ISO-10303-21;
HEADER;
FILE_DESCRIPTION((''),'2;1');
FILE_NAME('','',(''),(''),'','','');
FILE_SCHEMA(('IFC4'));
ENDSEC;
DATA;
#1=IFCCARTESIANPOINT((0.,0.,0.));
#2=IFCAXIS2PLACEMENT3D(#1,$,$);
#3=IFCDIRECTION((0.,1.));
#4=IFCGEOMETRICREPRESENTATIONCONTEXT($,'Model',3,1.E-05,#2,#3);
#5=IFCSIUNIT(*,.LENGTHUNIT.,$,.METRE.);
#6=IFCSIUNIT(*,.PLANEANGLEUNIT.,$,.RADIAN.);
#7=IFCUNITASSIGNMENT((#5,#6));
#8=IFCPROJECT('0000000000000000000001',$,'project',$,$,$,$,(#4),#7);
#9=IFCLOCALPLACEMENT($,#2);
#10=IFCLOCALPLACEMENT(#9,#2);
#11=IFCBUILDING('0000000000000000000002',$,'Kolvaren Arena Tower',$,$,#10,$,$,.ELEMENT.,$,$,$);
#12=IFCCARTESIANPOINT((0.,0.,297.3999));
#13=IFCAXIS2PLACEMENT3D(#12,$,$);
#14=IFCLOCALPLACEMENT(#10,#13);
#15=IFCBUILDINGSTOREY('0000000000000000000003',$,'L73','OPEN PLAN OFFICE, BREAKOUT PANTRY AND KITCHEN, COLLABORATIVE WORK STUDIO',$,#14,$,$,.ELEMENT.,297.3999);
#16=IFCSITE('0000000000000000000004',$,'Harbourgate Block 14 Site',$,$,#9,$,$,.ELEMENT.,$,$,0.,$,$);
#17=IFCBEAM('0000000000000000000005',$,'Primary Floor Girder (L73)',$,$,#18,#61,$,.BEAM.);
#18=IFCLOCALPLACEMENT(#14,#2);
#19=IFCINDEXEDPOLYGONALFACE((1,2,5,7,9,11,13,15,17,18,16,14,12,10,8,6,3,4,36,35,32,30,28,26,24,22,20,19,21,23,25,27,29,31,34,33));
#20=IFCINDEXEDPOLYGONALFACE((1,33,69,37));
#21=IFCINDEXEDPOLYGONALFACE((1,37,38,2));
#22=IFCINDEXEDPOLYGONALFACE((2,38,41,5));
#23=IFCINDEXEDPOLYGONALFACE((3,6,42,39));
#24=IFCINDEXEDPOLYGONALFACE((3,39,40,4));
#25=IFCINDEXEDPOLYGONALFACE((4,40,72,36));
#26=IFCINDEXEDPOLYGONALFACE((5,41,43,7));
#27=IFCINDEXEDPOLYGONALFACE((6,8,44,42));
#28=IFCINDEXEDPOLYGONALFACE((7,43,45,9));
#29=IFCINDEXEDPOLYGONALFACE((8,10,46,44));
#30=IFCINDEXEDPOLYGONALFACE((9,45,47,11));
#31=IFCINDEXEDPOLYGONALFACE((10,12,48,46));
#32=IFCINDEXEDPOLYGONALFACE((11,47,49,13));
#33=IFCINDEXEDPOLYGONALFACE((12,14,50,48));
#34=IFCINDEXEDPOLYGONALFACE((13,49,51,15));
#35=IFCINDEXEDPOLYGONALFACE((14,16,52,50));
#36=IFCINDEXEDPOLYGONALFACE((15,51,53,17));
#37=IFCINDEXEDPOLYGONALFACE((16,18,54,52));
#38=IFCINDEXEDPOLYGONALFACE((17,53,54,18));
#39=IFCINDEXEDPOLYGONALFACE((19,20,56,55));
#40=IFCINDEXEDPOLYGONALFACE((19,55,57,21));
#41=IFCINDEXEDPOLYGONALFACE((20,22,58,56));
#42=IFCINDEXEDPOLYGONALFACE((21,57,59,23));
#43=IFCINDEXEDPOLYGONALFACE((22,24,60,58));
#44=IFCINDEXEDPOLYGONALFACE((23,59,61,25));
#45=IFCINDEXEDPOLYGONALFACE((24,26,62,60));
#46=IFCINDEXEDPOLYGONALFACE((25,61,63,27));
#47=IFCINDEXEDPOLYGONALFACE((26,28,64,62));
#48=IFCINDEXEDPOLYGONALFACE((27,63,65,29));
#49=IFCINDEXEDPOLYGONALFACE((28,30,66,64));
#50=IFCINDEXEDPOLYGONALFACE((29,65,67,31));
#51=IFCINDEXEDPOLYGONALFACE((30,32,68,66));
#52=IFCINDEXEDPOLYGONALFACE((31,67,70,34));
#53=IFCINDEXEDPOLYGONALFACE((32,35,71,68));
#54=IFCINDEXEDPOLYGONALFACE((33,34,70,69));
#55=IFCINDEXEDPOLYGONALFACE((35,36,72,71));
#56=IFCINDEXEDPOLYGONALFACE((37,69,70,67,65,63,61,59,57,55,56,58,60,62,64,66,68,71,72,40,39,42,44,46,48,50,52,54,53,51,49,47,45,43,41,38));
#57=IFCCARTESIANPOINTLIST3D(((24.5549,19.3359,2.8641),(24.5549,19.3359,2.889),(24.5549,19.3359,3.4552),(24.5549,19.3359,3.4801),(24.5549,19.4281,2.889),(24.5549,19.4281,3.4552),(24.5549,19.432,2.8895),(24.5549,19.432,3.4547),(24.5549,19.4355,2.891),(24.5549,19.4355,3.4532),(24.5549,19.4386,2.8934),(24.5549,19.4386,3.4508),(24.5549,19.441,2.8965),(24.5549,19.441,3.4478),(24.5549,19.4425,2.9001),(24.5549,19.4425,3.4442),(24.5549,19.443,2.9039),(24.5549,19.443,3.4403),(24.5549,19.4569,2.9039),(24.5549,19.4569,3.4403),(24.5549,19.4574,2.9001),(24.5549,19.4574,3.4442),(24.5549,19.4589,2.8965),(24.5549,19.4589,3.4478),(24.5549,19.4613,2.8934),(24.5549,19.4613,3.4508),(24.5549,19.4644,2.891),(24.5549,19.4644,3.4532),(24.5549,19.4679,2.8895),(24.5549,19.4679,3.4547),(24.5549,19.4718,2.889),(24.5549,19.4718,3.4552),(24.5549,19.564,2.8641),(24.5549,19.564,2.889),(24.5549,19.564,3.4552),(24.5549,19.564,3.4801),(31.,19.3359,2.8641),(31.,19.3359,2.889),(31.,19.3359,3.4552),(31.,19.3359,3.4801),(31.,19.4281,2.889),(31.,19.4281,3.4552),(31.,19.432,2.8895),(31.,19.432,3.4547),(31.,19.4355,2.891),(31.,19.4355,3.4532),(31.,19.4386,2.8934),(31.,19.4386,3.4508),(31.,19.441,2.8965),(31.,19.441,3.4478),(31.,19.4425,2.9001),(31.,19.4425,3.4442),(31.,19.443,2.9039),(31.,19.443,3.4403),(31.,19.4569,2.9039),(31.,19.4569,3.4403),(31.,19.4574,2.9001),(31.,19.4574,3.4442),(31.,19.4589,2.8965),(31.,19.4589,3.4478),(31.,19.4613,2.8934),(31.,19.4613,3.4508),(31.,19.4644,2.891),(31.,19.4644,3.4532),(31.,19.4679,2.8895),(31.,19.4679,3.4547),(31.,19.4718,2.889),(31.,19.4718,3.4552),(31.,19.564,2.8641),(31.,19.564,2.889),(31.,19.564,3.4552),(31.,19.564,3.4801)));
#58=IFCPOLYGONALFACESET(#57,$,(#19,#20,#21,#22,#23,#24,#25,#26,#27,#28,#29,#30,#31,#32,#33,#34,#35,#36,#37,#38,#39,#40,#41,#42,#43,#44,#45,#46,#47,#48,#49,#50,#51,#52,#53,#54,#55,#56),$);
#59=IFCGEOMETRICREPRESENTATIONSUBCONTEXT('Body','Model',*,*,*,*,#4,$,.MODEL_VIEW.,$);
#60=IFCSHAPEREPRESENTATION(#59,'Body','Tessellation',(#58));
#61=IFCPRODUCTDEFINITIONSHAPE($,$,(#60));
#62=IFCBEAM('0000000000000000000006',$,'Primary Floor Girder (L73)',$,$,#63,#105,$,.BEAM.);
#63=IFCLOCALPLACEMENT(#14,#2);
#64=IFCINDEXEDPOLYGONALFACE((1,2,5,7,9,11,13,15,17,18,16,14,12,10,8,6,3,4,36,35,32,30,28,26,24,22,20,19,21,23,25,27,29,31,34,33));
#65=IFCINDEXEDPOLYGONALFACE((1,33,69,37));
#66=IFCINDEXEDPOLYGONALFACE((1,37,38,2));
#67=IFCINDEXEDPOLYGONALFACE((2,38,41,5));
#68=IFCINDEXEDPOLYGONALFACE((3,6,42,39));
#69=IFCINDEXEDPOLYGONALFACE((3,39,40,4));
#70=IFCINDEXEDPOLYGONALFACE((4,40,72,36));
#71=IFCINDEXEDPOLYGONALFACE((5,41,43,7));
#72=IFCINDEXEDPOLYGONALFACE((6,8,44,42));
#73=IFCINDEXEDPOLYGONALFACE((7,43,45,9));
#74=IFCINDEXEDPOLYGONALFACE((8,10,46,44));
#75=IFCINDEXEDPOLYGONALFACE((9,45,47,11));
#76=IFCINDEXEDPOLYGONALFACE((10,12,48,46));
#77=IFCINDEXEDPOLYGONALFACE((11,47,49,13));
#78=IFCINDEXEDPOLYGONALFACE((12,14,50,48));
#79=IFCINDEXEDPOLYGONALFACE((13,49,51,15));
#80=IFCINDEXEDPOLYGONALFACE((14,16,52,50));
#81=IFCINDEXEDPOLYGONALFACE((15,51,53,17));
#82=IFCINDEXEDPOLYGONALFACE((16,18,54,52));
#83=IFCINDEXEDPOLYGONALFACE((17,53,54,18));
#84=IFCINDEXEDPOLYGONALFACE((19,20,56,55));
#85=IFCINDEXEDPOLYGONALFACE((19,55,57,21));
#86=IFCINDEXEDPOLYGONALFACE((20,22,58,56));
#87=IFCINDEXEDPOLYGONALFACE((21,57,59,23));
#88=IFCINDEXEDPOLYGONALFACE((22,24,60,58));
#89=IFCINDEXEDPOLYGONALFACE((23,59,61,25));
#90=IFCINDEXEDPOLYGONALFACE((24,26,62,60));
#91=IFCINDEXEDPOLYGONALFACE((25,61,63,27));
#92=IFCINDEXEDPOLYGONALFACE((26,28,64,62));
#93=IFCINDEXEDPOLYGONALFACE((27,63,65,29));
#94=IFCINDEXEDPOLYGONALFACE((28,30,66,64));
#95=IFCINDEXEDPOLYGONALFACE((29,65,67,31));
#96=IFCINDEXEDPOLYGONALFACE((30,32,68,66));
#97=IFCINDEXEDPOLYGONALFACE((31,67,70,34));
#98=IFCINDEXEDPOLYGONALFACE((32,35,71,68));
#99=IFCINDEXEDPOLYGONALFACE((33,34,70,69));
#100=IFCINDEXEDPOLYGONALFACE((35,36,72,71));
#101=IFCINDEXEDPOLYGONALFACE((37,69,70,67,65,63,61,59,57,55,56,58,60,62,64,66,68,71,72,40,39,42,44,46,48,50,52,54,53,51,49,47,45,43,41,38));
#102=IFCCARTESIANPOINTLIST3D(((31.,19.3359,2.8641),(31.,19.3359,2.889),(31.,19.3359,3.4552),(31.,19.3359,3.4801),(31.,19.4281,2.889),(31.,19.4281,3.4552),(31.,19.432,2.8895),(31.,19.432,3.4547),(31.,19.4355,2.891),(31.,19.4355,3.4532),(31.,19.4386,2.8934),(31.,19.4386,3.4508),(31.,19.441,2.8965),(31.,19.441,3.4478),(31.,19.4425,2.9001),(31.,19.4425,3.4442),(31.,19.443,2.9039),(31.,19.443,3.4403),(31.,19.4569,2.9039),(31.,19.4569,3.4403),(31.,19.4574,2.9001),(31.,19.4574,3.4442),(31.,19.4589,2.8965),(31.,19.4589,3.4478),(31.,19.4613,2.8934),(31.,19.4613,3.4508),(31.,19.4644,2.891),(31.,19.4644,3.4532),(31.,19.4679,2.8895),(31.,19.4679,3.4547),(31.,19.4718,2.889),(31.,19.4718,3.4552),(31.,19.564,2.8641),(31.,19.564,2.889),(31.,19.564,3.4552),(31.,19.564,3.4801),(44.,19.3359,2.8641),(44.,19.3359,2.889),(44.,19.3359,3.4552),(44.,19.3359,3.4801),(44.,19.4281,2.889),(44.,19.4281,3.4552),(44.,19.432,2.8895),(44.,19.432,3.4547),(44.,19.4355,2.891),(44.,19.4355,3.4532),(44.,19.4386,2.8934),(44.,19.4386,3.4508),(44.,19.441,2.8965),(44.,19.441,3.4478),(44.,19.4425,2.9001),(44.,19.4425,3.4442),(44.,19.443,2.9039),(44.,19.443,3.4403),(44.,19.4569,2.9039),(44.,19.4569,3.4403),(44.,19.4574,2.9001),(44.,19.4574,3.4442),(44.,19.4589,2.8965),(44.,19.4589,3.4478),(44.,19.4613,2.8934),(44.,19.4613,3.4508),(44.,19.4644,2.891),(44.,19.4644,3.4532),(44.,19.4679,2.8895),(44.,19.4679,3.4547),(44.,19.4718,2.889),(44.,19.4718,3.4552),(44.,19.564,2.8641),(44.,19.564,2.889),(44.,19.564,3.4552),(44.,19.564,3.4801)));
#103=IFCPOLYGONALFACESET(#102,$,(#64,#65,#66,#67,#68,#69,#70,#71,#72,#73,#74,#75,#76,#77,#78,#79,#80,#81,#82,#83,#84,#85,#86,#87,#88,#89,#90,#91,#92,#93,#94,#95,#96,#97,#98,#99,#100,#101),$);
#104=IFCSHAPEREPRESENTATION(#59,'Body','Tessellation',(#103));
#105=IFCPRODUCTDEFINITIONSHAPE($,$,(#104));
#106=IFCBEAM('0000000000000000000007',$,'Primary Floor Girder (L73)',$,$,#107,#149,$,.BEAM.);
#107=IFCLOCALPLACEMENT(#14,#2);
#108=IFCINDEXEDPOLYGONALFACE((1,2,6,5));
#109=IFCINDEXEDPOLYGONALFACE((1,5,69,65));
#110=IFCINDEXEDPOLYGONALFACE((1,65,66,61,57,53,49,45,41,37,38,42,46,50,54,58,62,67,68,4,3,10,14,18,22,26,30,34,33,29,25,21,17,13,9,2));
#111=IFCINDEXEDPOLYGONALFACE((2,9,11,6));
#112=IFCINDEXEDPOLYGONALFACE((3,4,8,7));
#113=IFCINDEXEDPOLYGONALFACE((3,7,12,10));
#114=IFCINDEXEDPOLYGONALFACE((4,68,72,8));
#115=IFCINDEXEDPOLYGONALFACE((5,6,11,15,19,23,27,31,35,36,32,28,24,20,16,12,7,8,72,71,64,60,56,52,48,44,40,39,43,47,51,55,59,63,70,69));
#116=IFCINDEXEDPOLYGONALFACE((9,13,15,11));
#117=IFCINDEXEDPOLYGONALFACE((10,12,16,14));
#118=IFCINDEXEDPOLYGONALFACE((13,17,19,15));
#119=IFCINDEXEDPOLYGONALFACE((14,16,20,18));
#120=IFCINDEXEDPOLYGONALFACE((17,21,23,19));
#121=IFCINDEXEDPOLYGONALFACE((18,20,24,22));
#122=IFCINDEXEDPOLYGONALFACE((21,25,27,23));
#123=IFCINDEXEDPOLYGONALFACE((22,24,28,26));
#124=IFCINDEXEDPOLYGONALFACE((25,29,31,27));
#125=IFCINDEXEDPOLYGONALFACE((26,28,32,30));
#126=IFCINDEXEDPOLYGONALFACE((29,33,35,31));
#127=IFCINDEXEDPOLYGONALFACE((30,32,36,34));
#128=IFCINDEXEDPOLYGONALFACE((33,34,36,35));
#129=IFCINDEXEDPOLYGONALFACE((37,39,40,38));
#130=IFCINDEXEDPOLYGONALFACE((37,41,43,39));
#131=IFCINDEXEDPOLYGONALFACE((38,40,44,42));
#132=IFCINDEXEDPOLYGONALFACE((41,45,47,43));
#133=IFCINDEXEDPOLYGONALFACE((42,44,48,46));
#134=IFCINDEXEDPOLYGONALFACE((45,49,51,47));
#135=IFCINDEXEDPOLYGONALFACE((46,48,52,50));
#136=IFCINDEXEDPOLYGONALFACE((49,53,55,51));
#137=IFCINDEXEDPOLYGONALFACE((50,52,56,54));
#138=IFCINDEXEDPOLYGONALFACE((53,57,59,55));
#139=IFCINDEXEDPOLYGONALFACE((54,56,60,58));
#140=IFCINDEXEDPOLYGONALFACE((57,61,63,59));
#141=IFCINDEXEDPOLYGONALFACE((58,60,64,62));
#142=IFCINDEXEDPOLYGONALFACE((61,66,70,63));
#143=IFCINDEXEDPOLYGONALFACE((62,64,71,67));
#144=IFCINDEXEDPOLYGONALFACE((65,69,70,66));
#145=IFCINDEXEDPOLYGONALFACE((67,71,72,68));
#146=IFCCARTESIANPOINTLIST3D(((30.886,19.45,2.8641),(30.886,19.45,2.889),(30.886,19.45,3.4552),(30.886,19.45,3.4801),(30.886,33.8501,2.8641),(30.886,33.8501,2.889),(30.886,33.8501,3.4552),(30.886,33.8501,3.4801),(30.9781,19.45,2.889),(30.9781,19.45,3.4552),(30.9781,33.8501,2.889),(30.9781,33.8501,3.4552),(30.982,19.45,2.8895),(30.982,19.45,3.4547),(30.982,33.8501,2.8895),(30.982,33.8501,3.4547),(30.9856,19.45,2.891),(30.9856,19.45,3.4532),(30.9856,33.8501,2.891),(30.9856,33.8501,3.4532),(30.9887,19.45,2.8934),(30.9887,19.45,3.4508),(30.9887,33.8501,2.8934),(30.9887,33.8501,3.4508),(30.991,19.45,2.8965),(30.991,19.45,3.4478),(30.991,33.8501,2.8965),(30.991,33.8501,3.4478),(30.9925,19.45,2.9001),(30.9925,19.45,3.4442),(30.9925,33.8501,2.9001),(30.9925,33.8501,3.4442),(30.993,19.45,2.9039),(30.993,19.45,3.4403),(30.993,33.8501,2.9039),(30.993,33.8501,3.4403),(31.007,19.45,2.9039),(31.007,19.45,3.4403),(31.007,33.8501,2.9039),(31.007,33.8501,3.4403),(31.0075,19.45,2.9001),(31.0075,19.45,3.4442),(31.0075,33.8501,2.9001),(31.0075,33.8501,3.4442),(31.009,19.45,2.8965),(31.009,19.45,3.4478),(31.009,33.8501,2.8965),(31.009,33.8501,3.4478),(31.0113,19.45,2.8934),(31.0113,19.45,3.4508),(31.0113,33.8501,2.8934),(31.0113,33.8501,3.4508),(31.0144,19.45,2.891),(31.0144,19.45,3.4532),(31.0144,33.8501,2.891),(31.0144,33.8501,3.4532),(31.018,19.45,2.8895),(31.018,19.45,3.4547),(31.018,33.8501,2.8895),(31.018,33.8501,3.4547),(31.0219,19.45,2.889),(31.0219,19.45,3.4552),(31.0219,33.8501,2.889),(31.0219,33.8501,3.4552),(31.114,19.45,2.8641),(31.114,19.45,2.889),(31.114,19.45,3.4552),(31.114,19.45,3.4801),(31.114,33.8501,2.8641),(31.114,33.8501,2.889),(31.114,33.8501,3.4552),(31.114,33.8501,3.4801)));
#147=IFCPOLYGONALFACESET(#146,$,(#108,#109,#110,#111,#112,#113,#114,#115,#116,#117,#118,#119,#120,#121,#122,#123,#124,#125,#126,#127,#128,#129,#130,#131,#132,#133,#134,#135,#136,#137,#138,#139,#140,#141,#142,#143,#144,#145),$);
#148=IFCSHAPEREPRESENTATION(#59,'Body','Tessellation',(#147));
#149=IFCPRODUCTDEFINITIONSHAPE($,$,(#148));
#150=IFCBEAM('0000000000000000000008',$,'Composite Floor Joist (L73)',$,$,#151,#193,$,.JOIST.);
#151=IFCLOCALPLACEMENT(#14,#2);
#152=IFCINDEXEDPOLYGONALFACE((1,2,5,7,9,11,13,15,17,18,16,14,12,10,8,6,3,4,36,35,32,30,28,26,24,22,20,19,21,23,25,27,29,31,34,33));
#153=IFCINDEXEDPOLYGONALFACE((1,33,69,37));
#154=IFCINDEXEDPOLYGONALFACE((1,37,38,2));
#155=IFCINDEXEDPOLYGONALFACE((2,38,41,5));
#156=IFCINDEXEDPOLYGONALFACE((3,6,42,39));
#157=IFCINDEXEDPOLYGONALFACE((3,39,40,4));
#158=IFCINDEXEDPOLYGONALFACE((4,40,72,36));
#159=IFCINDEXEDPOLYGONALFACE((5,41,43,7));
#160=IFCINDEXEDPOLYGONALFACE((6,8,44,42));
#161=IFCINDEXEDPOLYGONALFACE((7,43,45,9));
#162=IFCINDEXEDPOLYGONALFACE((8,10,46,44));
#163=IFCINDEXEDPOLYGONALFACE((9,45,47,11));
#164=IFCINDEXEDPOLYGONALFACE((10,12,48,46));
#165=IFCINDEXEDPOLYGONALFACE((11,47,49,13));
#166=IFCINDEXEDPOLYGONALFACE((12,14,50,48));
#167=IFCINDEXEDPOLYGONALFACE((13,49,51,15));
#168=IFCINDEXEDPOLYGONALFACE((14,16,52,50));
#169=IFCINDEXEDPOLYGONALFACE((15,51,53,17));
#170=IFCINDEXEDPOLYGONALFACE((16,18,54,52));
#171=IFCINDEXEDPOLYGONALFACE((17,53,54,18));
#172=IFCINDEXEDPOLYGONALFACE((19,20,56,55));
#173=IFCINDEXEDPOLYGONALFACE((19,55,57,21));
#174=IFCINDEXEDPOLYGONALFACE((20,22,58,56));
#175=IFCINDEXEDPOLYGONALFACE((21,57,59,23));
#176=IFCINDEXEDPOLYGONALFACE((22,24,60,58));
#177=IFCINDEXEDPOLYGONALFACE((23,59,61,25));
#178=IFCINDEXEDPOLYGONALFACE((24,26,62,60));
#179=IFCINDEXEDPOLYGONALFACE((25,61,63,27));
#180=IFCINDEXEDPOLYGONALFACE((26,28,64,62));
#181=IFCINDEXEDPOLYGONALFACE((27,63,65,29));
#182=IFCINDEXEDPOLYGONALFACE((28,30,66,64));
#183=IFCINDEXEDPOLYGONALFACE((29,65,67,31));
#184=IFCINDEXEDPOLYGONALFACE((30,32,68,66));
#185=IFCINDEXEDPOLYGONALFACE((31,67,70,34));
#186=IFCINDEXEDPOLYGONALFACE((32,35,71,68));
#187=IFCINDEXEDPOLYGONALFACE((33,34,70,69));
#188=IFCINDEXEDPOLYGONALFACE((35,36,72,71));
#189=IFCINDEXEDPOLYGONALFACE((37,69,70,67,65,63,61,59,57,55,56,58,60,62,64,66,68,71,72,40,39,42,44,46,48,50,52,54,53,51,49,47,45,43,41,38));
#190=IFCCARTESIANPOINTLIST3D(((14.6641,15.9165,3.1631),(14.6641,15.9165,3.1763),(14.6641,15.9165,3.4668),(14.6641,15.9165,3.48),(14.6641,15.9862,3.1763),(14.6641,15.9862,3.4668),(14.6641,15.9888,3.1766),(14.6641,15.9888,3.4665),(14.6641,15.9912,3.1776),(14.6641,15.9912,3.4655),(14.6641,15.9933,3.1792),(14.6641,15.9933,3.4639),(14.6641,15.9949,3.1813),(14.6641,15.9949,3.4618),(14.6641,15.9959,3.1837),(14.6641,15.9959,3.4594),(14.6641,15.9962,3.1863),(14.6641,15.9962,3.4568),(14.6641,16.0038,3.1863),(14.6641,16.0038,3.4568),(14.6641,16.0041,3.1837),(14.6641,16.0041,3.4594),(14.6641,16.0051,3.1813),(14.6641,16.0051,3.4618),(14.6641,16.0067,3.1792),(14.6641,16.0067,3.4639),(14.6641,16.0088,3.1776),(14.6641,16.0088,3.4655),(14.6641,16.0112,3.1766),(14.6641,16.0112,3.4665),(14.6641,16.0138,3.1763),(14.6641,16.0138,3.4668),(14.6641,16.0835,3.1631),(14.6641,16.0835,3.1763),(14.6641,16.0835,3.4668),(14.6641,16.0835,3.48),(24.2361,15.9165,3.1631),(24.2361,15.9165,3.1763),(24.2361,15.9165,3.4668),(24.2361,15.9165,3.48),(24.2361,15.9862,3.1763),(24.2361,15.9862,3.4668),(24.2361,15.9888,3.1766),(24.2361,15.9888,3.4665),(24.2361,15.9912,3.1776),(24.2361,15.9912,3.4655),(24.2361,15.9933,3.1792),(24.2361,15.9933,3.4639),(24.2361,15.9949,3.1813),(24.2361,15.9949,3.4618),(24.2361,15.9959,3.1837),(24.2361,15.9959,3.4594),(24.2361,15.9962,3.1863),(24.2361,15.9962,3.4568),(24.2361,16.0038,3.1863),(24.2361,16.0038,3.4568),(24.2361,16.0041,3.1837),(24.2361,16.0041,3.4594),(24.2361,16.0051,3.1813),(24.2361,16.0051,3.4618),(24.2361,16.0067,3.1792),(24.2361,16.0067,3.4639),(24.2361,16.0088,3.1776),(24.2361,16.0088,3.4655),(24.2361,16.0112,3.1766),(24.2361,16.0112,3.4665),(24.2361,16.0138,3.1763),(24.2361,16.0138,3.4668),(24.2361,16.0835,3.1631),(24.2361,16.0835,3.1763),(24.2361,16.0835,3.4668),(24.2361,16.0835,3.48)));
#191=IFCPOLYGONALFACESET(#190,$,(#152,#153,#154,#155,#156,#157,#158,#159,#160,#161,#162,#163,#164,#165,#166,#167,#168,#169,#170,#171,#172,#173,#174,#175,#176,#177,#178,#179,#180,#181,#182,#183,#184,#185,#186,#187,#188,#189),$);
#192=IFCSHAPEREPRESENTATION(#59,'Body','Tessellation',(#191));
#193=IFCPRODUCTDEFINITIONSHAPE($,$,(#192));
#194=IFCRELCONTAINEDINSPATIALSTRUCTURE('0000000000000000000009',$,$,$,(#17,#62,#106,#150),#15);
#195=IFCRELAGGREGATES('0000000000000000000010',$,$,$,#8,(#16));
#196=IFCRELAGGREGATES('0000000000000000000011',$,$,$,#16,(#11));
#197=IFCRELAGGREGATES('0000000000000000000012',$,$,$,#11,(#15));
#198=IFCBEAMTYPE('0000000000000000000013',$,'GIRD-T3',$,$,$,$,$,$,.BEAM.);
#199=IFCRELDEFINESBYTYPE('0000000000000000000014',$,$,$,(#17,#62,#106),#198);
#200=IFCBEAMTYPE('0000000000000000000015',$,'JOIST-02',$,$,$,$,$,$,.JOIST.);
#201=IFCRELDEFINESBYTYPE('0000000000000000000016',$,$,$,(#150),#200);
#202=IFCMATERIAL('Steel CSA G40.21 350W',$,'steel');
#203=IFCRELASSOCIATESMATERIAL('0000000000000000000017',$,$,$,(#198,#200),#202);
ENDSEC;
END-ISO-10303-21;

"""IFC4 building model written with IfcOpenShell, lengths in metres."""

from ifc_helpers import new_model, si_unit, direction, frame, origin, origin_2d, place, context, subcontext, project, spatial, i_section, extrude, material, material_profile, profile_set, type_object, element, save


model = new_model("IFC4")

# Units and contexts
model_context = context("Model", 3, precision=1e-05, world=origin(), true_north=direction((0.0, 1.0)))
body_context = subcontext(model_context, "Body", "Model", "MODEL_VIEW")
ifc_project = project(units=[si_unit("LENGTHUNIT", "METRE"), si_unit("PLANEANGLEUNIT", "RADIAN")], contexts=[model_context])

# Site, building, storey
site_placement = place(None, origin())
site = spatial("IfcSite", under=ifc_project, at=site_placement, Name="Harbourgate Block 14 Site", CompositionType="ELEMENT", RefElevation=0.0)
building_placement = place(site_placement, origin())
building = spatial("IfcBuilding", under=site, at=building_placement, Name="Kolvaren Arena Tower", CompositionType="ELEMENT")
storey_placement = place(building_placement, frame((0.0, 0.0, 297.3999)))
storey = spatial("IfcBuildingStorey", under=building, at=storey_placement, Name="L73", Description="OPEN PLAN OFFICE, BREAKOUT PANTRY AND KITCHEN, COLLABORATIVE WORK STUDIO", CompositionType="ELEMENT", Elevation=297.3999)

# Beams
ifc_material_1 = material(Name="Steel CSA G40.21 350W", Category="steel")
ifc_material_profile_1 = material_profile(ifc_material_1, i_section(OverallWidth=0.228, OverallDepth=0.616, WebThickness=0.0139, FlangeThickness=0.0249, FilletRadius=0.0149, at=origin_2d()), Name="W610x174")
ifc_profile_set_1 = profile_set([ifc_material_profile_1], Name="Steel CSA G40.21 350W")
beam_type_1 = type_object("IfcBeamType", Name="GIRD-T3", PredefinedType="BEAM", material=ifc_profile_set_1)
beam_1_placement = place(storey_placement, frame((24.5549, 19.45, 3.1721), z_axis=(1.0, 0.0, 0.0), x_axis=(0.0, 1.0, 0.0)))
element("IfcBeam", 1, at=beam_1_placement, inside=storey, type_object=beam_type_1, Name="Primary Floor Girder (L73)", PredefinedType="BEAM", context=body_context, shape_type="SweptSolid", body=[
    extrude(i_section(OverallWidth=0.228, OverallDepth=0.616, WebThickness=0.0139, FlangeThickness=0.0249, FilletRadius=0.0149, at=origin_2d()), origin(), (0.0, 0.0, 1.0), 6.4451),
])
beam_2_placement = place(storey_placement, frame((31.0, 19.45, 3.1721), z_axis=(1.0, 0.0, 0.0), x_axis=(0.0, 1.0, 0.0)))
element("IfcBeam", 2, at=beam_2_placement, inside=storey, type_object=beam_type_1, Name="Primary Floor Girder (L73)", PredefinedType="BEAM", context=body_context, shape_type="SweptSolid", body=[
    extrude(i_section(OverallWidth=0.228, OverallDepth=0.616, WebThickness=0.0139, FlangeThickness=0.0249, FilletRadius=0.0149, at=origin_2d()), origin(), (0.0, 0.0, 1.0), 13.0),
])
beam_3_placement = place(storey_placement, frame((31.0, 19.45, 3.1721), z_axis=(0.0, 1.0, 0.0), x_axis=(-1.0, 0.0, 0.0)))
element("IfcBeam", 3, at=beam_3_placement, inside=storey, type_object=beam_type_1, Name="Primary Floor Girder (L73)", PredefinedType="BEAM", context=body_context, shape_type="SweptSolid", body=[
    extrude(i_section(OverallWidth=0.228, OverallDepth=0.616, WebThickness=0.0139, FlangeThickness=0.0249, FilletRadius=0.0149, at=origin_2d()), origin(), (0.0, 0.0, 1.0), 14.4001),
])
ifc_material_profile_2 = material_profile(ifc_material_1, i_section(OverallWidth=0.167, OverallDepth=0.3169, WebThickness=0.0076, FlangeThickness=0.0132, FilletRadius=0.01, at=origin_2d()), Name="W310x52")
ifc_profile_set_2 = profile_set([ifc_material_profile_2], Name="Steel CSA G40.21 350W")
beam_type_2 = type_object("IfcBeamType", Name="JOIST-02", PredefinedType="JOIST", material=ifc_profile_set_2)
beam_4_placement = place(storey_placement, frame((14.6641, 16.0, 3.3215), z_axis=(1.0, 0.0, 0.0), x_axis=(0.0, 1.0, 0.0)))
element("IfcBeam", 4, at=beam_4_placement, inside=storey, type_object=beam_type_2, Name="Composite Floor Joist (L73)", PredefinedType="JOIST", context=body_context, shape_type="SweptSolid", body=[
    extrude(i_section(OverallWidth=0.167, OverallDepth=0.3169, WebThickness=0.0076, FlangeThickness=0.0132, FilletRadius=0.01, at=origin_2d()), origin(), (0.0, 0.0, 1.0), 9.572),
])

save(model, "model.ifc")
